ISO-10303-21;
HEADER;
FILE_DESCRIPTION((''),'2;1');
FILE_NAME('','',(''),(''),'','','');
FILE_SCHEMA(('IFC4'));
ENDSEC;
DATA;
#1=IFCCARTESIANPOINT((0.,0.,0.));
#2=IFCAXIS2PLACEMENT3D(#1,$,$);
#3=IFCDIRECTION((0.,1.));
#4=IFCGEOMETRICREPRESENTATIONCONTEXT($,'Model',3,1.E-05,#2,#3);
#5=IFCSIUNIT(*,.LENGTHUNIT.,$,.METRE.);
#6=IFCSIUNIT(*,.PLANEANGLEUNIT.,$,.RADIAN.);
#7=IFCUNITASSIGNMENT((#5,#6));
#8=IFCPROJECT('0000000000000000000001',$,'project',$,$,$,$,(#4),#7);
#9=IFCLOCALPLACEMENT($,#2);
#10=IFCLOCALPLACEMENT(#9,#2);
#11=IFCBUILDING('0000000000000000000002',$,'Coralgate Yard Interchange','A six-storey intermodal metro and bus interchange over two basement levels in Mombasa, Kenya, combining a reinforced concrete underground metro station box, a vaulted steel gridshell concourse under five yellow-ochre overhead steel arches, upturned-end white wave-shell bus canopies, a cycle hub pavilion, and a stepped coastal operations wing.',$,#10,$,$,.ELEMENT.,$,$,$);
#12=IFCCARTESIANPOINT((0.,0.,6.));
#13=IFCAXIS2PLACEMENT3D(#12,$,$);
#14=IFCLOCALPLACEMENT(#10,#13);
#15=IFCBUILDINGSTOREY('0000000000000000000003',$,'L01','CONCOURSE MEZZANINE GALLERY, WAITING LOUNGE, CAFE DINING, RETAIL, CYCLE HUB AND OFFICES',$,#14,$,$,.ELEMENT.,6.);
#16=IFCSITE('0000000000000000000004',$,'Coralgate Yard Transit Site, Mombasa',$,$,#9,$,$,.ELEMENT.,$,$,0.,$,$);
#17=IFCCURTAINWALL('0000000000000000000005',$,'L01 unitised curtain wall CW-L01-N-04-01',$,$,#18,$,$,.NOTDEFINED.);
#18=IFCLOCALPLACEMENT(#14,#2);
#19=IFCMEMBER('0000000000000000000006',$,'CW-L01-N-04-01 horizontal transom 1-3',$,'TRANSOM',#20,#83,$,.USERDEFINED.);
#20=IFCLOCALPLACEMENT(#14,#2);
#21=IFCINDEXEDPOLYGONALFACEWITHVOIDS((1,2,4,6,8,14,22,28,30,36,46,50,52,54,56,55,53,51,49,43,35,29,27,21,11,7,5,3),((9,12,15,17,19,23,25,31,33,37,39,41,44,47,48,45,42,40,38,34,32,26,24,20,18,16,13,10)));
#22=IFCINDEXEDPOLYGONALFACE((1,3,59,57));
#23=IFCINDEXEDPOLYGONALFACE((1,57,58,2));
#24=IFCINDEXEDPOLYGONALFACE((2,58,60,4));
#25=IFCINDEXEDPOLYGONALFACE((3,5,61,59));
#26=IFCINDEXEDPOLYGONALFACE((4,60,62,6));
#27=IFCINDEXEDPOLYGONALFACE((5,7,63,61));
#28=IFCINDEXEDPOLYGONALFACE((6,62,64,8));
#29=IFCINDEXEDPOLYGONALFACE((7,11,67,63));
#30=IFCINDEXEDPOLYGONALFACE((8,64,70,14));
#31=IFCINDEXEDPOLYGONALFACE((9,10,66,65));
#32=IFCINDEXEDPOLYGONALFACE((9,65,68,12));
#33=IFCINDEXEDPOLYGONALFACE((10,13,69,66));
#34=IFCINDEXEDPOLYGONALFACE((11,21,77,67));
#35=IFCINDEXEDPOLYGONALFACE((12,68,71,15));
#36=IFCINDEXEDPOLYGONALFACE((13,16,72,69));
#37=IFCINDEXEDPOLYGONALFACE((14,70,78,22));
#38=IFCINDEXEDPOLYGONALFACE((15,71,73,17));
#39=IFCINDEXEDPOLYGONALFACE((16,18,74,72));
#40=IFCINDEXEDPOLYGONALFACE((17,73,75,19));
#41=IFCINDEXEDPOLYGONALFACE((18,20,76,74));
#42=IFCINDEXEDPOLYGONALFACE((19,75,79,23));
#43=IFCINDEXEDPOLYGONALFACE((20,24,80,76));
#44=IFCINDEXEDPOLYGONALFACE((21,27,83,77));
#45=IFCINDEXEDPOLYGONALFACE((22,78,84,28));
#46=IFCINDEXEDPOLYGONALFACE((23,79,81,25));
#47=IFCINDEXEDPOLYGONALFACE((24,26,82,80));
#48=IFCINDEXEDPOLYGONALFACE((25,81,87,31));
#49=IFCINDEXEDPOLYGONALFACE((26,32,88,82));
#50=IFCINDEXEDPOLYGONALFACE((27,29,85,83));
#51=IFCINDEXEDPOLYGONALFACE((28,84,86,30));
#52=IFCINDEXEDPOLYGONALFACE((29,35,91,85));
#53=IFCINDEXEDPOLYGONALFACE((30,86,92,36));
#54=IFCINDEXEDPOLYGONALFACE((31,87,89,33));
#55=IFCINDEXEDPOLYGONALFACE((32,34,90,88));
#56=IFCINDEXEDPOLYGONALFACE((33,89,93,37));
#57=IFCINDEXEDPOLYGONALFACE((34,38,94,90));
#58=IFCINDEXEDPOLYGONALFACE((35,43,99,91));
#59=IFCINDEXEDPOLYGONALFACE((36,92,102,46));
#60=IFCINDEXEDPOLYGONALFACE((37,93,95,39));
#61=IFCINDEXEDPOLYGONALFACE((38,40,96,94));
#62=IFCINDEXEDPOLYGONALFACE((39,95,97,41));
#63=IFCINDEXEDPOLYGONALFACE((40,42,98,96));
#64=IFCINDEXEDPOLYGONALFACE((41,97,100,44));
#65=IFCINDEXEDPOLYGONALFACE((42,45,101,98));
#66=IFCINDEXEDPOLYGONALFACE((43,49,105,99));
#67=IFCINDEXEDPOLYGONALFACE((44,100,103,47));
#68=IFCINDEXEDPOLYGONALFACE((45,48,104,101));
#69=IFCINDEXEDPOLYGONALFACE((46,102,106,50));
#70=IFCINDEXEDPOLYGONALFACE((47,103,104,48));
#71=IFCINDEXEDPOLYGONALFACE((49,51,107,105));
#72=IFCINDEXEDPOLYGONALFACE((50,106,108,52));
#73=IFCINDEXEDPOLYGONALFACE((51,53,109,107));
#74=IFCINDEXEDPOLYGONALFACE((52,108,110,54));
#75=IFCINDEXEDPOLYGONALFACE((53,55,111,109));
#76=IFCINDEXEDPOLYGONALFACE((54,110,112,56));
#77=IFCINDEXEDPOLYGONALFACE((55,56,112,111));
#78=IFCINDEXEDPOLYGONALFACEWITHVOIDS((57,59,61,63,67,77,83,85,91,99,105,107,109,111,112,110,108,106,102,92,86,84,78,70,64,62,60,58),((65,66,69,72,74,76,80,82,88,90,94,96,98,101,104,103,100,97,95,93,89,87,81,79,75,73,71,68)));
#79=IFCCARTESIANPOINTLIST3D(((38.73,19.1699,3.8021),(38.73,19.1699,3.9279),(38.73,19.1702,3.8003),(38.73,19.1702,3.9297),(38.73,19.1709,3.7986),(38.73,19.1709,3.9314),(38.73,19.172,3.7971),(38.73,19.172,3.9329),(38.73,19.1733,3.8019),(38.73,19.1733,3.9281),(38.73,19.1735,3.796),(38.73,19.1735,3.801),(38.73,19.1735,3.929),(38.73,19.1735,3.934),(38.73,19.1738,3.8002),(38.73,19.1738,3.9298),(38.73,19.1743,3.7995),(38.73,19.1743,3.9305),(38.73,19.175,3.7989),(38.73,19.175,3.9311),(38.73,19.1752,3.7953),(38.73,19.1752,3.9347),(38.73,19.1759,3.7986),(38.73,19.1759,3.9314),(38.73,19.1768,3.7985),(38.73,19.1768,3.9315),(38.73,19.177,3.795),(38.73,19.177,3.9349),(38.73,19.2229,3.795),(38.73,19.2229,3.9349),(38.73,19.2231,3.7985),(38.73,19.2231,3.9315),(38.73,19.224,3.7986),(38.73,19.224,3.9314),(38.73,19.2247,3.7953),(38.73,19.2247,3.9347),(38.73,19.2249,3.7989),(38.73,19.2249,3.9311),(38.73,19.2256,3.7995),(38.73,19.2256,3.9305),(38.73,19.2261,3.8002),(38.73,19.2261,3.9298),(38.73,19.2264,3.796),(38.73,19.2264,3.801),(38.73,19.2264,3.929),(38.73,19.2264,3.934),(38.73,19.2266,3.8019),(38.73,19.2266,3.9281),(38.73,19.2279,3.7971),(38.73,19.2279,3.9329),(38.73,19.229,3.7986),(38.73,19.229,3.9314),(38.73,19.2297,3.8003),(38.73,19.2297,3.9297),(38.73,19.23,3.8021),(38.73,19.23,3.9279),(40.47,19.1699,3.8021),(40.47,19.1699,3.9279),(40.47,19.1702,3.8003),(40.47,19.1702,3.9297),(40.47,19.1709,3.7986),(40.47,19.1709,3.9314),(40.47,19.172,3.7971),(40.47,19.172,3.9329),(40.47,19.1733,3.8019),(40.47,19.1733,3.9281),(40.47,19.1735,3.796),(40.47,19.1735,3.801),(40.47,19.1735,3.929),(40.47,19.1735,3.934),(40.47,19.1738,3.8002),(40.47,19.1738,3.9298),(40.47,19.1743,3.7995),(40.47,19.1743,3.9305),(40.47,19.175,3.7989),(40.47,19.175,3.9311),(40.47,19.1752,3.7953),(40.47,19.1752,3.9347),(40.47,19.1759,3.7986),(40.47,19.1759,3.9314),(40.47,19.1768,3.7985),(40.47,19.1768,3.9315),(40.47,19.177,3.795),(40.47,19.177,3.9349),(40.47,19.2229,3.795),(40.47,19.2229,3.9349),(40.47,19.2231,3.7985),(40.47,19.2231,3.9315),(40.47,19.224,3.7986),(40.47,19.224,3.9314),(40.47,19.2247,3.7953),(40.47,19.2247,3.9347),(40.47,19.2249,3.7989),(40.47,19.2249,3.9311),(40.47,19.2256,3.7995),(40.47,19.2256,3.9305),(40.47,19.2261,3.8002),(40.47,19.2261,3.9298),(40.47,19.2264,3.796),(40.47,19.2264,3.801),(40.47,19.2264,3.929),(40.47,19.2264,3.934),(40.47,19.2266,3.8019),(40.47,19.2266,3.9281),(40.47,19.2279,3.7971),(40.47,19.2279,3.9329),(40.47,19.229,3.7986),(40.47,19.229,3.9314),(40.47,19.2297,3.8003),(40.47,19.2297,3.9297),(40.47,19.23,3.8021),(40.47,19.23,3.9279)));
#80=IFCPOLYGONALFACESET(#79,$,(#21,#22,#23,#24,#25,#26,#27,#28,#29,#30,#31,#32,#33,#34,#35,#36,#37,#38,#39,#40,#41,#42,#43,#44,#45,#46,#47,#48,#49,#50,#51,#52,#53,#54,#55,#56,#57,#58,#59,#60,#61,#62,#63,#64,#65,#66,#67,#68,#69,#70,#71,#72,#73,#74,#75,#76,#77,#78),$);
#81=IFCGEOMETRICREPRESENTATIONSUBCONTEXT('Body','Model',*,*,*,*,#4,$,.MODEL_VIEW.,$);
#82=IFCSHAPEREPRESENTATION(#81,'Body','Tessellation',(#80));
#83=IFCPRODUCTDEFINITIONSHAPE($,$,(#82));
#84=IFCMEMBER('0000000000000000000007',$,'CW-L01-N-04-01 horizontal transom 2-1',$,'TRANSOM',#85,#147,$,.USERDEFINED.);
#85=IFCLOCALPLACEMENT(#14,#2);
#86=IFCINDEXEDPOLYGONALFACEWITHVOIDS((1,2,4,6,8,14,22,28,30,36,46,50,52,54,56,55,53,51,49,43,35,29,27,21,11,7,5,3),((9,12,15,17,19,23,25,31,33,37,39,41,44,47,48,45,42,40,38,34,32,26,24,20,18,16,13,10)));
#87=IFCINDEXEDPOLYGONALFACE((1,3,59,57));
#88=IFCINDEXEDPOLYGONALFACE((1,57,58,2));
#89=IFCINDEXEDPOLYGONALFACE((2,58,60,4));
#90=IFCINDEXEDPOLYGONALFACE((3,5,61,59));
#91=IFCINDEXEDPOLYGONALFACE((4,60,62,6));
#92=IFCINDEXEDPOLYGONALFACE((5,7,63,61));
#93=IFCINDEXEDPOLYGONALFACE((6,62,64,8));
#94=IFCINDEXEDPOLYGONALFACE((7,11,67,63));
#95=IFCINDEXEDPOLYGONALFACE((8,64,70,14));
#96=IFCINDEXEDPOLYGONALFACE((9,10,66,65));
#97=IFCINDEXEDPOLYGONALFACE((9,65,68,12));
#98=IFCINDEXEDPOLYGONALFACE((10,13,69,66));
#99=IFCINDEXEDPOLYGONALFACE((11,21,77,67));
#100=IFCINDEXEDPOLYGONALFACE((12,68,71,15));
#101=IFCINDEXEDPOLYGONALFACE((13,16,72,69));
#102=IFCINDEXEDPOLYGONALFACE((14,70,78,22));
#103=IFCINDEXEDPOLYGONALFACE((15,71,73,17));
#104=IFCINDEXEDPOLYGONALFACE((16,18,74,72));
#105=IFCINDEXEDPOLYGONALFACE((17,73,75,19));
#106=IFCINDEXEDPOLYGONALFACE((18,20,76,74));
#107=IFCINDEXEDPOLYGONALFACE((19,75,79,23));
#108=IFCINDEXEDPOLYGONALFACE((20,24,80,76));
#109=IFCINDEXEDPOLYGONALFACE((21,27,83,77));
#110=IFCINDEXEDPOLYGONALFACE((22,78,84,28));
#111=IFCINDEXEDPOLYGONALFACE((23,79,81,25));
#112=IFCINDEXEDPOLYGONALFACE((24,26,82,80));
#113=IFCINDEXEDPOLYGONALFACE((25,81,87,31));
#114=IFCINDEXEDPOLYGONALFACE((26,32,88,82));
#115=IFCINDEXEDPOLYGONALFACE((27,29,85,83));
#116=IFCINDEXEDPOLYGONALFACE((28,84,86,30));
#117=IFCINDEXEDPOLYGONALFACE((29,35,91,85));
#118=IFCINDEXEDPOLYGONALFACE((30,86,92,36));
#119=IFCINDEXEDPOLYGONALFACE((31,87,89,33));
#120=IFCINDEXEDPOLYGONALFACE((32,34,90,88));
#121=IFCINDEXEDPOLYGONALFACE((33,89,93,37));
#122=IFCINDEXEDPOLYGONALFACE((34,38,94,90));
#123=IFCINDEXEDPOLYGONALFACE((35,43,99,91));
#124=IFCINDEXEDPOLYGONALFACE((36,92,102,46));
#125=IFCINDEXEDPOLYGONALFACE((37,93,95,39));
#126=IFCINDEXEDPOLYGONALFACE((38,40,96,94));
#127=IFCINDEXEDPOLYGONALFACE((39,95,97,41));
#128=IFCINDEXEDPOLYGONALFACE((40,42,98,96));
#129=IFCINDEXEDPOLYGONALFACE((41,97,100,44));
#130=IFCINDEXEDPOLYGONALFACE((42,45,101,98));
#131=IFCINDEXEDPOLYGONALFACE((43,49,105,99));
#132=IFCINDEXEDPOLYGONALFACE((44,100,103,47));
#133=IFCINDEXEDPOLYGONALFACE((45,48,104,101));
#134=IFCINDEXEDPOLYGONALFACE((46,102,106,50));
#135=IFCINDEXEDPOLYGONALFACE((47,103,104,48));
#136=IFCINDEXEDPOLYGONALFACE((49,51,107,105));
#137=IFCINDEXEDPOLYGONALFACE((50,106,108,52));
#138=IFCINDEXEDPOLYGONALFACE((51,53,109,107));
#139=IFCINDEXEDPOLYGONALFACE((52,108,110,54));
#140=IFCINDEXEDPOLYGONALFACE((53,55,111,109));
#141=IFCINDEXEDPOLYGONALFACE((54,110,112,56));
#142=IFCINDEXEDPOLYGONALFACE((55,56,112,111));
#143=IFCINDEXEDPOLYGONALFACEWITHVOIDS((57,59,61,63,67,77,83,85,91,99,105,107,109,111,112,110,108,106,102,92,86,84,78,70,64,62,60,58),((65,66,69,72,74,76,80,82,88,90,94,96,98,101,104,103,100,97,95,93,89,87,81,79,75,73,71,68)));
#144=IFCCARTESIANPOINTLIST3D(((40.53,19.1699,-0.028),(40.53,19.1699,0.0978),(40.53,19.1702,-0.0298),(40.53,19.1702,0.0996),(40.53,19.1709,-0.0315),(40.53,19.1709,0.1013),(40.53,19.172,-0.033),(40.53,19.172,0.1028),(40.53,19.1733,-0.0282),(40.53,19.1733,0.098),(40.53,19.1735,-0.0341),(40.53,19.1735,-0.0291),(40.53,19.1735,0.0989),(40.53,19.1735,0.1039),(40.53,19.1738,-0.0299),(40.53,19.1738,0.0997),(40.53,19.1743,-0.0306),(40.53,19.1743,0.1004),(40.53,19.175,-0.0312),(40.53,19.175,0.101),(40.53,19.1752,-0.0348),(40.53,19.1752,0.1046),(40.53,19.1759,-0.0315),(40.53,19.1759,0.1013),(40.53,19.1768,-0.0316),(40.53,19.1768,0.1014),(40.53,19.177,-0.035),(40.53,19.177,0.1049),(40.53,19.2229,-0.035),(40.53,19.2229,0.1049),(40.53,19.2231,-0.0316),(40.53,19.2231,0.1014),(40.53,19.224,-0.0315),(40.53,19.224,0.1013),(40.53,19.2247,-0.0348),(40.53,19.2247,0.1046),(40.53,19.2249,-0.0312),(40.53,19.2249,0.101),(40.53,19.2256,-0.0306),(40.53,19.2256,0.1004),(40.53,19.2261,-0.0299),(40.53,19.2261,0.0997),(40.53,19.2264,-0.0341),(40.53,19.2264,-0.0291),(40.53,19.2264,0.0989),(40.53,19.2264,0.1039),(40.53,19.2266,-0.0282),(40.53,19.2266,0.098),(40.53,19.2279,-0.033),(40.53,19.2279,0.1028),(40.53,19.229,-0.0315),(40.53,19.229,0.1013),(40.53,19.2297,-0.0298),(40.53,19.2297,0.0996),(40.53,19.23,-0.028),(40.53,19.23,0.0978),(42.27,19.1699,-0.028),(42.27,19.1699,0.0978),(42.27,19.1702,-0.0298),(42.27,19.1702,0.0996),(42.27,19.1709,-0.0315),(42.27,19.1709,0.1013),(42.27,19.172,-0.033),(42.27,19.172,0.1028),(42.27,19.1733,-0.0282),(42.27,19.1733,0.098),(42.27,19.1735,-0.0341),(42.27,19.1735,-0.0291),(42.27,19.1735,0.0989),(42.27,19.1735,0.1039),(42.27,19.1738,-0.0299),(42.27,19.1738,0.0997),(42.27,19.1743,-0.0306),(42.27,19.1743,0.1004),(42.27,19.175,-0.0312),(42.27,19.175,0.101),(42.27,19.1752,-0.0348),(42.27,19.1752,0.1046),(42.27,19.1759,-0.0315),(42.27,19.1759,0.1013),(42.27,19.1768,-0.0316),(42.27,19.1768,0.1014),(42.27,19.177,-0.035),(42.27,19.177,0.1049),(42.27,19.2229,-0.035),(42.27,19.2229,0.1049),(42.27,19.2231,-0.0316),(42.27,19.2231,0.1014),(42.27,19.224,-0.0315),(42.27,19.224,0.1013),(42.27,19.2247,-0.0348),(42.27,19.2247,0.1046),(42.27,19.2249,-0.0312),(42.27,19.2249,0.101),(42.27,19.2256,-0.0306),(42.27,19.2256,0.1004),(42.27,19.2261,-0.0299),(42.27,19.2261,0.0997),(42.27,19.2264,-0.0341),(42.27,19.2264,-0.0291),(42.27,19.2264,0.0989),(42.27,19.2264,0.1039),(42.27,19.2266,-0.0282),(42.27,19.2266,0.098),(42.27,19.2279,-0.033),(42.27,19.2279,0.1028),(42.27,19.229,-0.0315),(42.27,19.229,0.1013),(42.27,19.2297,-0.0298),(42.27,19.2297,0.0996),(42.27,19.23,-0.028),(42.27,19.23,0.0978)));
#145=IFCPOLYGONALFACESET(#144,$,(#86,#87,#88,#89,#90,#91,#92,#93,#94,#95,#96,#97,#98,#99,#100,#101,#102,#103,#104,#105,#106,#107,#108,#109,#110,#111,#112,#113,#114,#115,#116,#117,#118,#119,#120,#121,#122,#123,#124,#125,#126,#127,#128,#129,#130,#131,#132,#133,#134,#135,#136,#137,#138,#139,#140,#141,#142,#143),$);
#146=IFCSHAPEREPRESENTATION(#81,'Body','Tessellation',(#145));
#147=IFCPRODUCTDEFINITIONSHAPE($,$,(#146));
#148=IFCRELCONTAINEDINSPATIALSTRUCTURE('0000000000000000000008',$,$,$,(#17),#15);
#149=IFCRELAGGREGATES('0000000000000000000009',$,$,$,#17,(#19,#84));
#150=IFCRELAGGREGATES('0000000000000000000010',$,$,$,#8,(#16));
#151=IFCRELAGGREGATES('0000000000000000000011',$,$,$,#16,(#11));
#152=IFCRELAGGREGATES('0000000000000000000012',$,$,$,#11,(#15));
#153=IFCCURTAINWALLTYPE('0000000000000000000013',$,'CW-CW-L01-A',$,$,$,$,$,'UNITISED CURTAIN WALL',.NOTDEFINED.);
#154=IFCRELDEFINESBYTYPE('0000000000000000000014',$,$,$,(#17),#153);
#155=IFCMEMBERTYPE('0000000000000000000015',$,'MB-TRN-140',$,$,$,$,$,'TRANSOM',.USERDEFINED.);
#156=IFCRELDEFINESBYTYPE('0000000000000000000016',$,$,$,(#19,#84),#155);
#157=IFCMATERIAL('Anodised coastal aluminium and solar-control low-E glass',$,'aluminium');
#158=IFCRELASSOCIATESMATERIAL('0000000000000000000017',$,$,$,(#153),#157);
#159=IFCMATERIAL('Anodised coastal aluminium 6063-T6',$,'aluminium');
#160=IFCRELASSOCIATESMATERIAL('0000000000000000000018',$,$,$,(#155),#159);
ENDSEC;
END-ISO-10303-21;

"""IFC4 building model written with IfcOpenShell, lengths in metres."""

from ifc_helpers import new_model, si_unit, direction, frame, origin, origin_2d, place, context, subcontext, project, spatial, hollow_rectangle, extrude, material, material_profile, profile_set, type_object, element, aggregate, save


model = new_model("IFC4")

# Units and contexts
model_context = context("Model", 3, precision=1e-05, world=origin(), true_north=direction((0.0, 1.0)))
body_context = subcontext(model_context, "Body", "Model", "MODEL_VIEW")
ifc_project = project(units=[si_unit("LENGTHUNIT", "METRE"), si_unit("PLANEANGLEUNIT", "RADIAN")], contexts=[model_context])

# Site, building, storey
site_placement = place(None, origin())
site = spatial("IfcSite", under=ifc_project, at=site_placement, Name="Coralgate Yard Transit Site, Mombasa", CompositionType="ELEMENT", RefElevation=0.0)
building_placement = place(site_placement, origin())
building = spatial("IfcBuilding", under=site, at=building_placement, Name="Coralgate Yard Interchange", Description="A six-storey intermodal metro and bus interchange over two basement levels in Mombasa, Kenya, combining a reinforced concrete underground metro station box, a vaulted steel gridshell concourse under five yellow-ochre overhead steel arches, upturned-end white wave-shell bus canopies, a cycle hub pavilion, and a stepped coastal operations wing.", CompositionType="ELEMENT")
storey_placement = place(building_placement, frame((0.0, 0.0, 6.0)))
storey = spatial("IfcBuildingStorey", under=building, at=storey_placement, Name="L01", Description="CONCOURSE MEZZANINE GALLERY, WAITING LOUNGE, CAFE DINING, RETAIL, CYCLE HUB AND OFFICES", CompositionType="ELEMENT", Elevation=6.0)

# Curtain wall, members
ifc_material_1 = material(Name="Anodised coastal aluminium and solar-control low-E glass", Category="aluminium")
curtain_wall_type = type_object("IfcCurtainWallType", Name="CW-CW-L01-A", ElementType="UNITISED CURTAIN WALL", PredefinedType="NOTDEFINED", material=ifc_material_1)
curtain_wall_placement = place(storey_placement, origin())
curtain_wall = element("IfcCurtainWall", 1, at=curtain_wall_placement, inside=storey, type_object=curtain_wall_type, Name="L01 unitised curtain wall CW-L01-N-04-01", PredefinedType="NOTDEFINED")
ifc_material_2 = material(Name="Anodised coastal aluminium 6063-T6", Category="aluminium")
ifc_material_profile_1 = material_profile(ifc_material_2, hollow_rectangle(XDim=0.0601, YDim=0.1399, WallThickness=0.0034, InnerFilletRadius=0.0034, OuterFilletRadius=0.0071, at=origin_2d()), Name="ALU 60x140x3.5")
ifc_profile_set_1 = profile_set([ifc_material_profile_1], Name="Anodised coastal aluminium 6063-T6")
member_type_1 = type_object("IfcMemberType", Name="MB-TRN-140", ElementType="TRANSOM", PredefinedType="USERDEFINED", material=ifc_profile_set_1)
member_1_placement = place(storey_placement, frame((38.73, 19.2, 3.865), z_axis=(1.0, 0.0, 0.0), x_axis=(0.0, 1.0, 0.0)))
member_1 = element("IfcMember", 2, at=member_1_placement, type_object=member_type_1, Name="CW-L01-N-04-01 horizontal transom 1-3", ObjectType="TRANSOM", PredefinedType="USERDEFINED", context=body_context, shape_type="SweptSolid", body=[
    extrude(hollow_rectangle(XDim=0.0601, YDim=0.1399, WallThickness=0.0034, InnerFilletRadius=0.0034, OuterFilletRadius=0.0071, at=origin_2d()), origin(), (0.0, 0.0, 1.0), 1.74),
])
member_2_placement = place(storey_placement, frame((40.53, 19.2, 0.0349), z_axis=(1.0, 0.0, 0.0), x_axis=(0.0, 1.0, 0.0)))
member_2 = element("IfcMember", 3, at=member_2_placement, type_object=member_type_1, Name="CW-L01-N-04-01 horizontal transom 2-1", ObjectType="TRANSOM", PredefinedType="USERDEFINED", context=body_context, shape_type="SweptSolid", body=[
    extrude(hollow_rectangle(XDim=0.0601, YDim=0.1399, WallThickness=0.0034, InnerFilletRadius=0.0034, OuterFilletRadius=0.0071, at=origin_2d()), origin(), (0.0, 0.0, 1.0), 1.74),
])
aggregate(curtain_wall, [member_1, member_2])

save(model, "model.ifc")
